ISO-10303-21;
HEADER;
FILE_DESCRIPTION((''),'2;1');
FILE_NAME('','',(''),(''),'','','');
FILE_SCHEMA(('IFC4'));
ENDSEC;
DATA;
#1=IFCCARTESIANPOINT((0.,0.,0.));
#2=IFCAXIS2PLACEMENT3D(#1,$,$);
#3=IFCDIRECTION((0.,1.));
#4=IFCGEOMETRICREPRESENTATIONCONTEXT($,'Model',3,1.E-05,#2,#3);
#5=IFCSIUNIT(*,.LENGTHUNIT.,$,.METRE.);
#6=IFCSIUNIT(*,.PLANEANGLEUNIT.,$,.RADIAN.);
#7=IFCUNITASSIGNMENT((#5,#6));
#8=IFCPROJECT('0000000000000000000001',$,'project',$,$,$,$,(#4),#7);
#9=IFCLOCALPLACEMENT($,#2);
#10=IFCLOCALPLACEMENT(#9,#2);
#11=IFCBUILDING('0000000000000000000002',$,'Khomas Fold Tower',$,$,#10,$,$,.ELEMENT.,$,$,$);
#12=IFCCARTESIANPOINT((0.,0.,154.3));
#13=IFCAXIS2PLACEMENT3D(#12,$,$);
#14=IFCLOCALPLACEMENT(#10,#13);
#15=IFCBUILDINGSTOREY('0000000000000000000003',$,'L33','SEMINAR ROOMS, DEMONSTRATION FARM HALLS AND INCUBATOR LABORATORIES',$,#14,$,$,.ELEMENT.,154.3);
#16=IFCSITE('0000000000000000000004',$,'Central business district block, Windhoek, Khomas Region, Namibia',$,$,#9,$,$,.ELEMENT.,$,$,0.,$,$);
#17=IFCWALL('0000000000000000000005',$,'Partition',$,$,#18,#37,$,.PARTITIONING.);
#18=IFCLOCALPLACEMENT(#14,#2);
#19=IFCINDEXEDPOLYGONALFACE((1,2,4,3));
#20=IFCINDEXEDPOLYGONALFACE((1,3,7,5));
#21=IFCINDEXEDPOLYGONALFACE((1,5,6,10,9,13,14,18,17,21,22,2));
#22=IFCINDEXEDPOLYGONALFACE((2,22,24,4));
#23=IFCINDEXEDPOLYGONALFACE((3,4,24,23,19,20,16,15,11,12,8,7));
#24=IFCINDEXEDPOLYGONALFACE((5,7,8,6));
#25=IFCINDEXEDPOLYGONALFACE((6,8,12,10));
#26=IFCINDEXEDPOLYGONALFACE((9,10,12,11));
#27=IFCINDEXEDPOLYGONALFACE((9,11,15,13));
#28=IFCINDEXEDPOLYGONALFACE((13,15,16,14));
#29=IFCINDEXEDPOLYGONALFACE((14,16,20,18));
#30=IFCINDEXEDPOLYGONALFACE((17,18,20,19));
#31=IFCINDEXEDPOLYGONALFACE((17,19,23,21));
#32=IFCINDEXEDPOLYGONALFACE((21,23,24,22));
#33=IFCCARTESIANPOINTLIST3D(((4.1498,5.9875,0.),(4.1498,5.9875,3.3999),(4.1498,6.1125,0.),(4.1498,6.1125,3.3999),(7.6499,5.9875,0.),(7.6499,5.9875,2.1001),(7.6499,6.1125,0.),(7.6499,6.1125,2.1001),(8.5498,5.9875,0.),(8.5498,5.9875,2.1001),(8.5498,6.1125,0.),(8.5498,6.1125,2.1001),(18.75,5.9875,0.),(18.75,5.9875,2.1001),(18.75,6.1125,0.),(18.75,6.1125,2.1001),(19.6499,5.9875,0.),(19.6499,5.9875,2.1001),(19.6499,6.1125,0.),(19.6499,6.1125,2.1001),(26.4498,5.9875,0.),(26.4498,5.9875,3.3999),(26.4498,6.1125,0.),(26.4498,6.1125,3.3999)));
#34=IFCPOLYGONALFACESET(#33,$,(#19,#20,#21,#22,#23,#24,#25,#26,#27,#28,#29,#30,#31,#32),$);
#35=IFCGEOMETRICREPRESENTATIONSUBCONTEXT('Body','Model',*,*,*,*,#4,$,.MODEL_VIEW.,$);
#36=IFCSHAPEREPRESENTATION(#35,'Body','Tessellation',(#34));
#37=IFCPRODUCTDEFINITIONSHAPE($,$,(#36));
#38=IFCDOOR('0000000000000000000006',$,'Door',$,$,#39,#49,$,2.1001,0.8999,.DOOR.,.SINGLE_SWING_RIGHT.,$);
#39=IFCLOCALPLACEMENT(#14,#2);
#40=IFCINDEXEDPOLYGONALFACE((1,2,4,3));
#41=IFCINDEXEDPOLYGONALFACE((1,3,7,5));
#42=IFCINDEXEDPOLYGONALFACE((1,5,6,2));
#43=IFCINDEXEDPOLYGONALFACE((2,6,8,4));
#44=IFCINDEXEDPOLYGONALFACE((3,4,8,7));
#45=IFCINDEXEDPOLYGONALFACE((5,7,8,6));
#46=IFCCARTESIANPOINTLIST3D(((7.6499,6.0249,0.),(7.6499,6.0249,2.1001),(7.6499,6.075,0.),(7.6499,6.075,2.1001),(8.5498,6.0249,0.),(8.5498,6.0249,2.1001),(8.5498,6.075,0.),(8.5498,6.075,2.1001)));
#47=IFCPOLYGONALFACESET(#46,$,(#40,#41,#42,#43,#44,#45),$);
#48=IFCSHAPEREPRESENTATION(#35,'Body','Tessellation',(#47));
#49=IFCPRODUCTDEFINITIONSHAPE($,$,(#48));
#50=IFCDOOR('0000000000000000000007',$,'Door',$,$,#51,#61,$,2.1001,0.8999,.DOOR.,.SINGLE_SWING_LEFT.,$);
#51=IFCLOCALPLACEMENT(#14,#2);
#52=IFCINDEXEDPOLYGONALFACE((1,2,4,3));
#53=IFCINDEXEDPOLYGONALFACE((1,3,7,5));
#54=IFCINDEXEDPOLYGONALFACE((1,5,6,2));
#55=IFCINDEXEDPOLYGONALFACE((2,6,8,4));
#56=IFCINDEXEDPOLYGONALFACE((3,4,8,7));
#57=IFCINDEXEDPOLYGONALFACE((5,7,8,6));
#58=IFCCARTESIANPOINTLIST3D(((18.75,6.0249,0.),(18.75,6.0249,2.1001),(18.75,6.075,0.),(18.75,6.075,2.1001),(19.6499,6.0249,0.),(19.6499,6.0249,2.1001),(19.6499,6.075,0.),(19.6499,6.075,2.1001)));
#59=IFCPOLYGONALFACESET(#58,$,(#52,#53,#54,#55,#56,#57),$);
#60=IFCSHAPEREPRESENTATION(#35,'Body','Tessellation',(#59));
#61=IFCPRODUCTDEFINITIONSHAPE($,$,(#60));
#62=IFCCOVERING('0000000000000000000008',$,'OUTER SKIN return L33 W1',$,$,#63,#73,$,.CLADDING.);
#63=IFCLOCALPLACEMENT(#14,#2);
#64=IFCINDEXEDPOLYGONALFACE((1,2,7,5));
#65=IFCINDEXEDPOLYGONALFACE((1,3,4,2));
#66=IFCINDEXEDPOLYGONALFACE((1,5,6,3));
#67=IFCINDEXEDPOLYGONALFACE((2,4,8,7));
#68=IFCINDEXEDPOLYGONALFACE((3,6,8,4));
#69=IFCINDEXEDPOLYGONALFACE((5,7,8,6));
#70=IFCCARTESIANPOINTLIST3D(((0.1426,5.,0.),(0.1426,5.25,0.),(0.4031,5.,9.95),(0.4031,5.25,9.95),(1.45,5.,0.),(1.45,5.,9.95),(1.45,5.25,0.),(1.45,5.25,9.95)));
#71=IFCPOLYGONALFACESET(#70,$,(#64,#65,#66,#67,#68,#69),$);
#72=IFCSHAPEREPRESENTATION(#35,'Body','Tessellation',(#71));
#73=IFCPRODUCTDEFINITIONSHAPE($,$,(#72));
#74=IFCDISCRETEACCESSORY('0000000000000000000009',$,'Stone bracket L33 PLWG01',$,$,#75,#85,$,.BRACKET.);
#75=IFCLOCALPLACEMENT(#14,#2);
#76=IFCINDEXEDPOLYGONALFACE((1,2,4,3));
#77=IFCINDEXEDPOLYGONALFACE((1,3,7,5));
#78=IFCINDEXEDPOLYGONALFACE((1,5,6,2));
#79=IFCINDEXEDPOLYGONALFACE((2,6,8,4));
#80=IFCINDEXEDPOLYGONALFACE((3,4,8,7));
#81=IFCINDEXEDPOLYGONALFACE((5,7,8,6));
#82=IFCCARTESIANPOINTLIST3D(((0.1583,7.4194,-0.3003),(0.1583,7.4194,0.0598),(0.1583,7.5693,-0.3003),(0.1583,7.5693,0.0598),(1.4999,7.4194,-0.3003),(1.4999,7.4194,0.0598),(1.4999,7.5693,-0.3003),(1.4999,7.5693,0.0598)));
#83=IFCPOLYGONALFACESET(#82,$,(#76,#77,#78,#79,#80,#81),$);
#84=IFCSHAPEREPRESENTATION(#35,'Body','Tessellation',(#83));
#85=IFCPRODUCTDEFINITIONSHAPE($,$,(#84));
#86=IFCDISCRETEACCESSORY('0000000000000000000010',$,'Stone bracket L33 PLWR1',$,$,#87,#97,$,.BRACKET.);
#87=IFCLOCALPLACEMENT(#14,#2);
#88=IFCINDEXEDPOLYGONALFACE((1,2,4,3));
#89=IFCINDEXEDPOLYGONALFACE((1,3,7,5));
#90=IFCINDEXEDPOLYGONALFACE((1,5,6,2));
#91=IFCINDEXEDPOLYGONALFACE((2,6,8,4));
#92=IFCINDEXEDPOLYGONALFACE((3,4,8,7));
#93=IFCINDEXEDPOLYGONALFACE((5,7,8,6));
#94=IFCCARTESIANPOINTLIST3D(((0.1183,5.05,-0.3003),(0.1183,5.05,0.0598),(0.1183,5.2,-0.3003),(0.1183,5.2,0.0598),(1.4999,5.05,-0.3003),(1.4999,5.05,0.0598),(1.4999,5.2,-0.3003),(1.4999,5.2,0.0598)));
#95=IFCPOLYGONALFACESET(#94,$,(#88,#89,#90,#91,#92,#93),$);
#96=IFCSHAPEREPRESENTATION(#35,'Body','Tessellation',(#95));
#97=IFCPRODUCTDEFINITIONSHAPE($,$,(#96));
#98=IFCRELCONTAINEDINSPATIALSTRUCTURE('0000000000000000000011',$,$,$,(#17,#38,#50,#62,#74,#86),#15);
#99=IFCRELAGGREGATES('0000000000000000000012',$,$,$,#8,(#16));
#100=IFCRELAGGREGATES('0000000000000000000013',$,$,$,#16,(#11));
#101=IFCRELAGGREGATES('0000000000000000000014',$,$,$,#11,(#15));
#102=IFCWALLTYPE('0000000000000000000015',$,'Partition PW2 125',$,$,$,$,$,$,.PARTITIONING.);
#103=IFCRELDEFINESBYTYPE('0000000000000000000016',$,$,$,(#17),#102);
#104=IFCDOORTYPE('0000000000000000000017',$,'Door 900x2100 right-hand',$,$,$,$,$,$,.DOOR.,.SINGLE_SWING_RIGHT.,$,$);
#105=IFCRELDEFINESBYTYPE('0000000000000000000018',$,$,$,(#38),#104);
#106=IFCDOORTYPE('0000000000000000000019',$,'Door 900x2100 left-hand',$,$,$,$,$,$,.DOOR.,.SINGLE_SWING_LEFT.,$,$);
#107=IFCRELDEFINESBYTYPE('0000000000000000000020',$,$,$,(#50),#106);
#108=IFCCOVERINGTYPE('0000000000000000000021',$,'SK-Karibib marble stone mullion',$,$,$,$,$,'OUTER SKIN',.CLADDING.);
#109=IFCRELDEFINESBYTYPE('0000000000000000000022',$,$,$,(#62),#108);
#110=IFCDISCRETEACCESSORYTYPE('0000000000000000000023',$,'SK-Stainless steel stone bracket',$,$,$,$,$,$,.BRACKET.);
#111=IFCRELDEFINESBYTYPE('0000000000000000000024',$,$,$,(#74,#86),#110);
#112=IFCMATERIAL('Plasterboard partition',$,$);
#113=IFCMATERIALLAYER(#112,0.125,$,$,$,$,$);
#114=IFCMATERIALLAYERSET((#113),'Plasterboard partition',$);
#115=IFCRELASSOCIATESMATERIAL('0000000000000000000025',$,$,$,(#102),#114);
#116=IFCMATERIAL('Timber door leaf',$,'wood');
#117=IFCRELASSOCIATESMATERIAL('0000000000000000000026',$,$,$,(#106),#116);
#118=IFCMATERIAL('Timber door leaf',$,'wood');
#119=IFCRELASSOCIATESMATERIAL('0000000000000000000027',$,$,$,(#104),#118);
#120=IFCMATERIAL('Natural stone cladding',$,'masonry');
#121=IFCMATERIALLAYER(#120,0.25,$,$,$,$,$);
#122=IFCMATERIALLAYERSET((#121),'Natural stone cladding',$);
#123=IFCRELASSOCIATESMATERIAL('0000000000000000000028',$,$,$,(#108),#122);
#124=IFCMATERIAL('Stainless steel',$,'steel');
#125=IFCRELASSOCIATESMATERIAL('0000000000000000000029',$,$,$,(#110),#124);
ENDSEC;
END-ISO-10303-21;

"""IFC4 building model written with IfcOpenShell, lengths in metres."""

from ifc_helpers import new_model, si_unit, direction, frame, frame_2d, origin, origin_2d, place, context, subcontext, project, spatial, polyline, rectangle, outline, extrude, source, transform, mapped, material, layer, layer_set, type_object, element, fill, save


model = new_model("IFC4")

# Units and contexts
model_context = context("Model", 3, precision=1e-05, world=origin(), true_north=direction((0.0, 1.0)))
body_context = subcontext(model_context, "Body", "Model", "MODEL_VIEW")
ifc_project = project(units=[si_unit("LENGTHUNIT", "METRE"), si_unit("PLANEANGLEUNIT", "RADIAN")], contexts=[model_context])

# Site, building, storey
site_placement = place(None, origin())
site = spatial("IfcSite", under=ifc_project, at=site_placement, Name="Central business district block, Windhoek, Khomas Region, Namibia", CompositionType="ELEMENT", RefElevation=0.0)
building_placement = place(site_placement, origin())
building = spatial("IfcBuilding", under=site, at=building_placement, Name="Khomas Fold Tower", CompositionType="ELEMENT")
storey_placement = place(building_placement, frame((0.0, 0.0, 154.3)))
storey = spatial("IfcBuildingStorey", under=building, at=storey_placement, Name="L33", Description="SEMINAR ROOMS, DEMONSTRATION FARM HALLS AND INCUBATOR LABORATORIES", CompositionType="ELEMENT", Elevation=154.3)

# Shared definitions
ifc_material_1 = material(Name="Plasterboard partition")
ifc_layer_1 = layer(ifc_material_1, 0.125)
ifc_layer_set_1 = layer_set([ifc_layer_1], Name="Plasterboard partition")
wall_type_1 = type_object("IfcWallType", Name="Partition PW2 125", PredefinedType="PARTITIONING", material=ifc_layer_set_1)
shared_shape_1 = source(origin(), body_context, "Body", "SweptSolid", [
    extrude(rectangle(XDim=0.8999, YDim=2.1001, at=frame_2d((0.45, 1.05))), frame((0.0, 0.0725, 0.0), z_axis=(0.0, -1.0, 0.0), x_axis=(1.0, 0.0, 0.0)), (0.0, 0.0, 1.0), 0.145),
])
ifc_material_2 = material(Name="Timber door leaf", Category="wood")
door_type_1 = type_object("IfcDoorType", Name="Door 900x2100 left-hand", OperationType="SINGLE_SWING_LEFT", PredefinedType="DOOR", material=ifc_material_2)
shared_shape_2 = source(origin(), body_context, "Body", "SweptSolid", [
    extrude(rectangle(XDim=0.8999, YDim=2.1001, at=frame_2d((0.45, 1.05))), frame((0.0, 0.0249, 0.0), z_axis=(0.0, -1.0, 0.0), x_axis=(1.0, 0.0, 0.0)), (0.0, 0.0, 1.0), 0.05),
])

# Wall, openings, doors
shared_shape_3 = source(origin(), body_context, "Body", "SweptSolid", [
    extrude(rectangle(XDim=22.3, YDim=0.125, at=frame_2d((11.1499, 0.0))), origin(), (0.0, 0.0, 1.0), 3.3999),
])
wall_1_placement = place(storey_placement, frame((4.1499, 6.05, 0.0), z_axis=(0.0, 0.0, 1.0), x_axis=(1.0, 0.0, 0.0)))
wall_1 = element("IfcWall", 1, at=wall_1_placement, inside=storey, type_object=wall_type_1, Name="Partition", PredefinedType="PARTITIONING", context=body_context, shape_type="MappedRepresentation", body=[
    mapped(shared_shape_3, transform((0.0, 0.0, 0.0))),
])
opening_1_placement = place(wall_1_placement, frame((3.5, 0.0, 0.0)))
opening_1 = element("IfcOpeningElement", 2, at=opening_1_placement, cuts=wall_1, PredefinedType="OPENING", context=body_context, shape_type="MappedRepresentation", body=[
    mapped(shared_shape_1, transform((0.0, 0.0, 0.0))),
])
opening_2_placement = place(wall_1_placement, frame((14.6001, 0.0, 0.0)))
opening_2 = element("IfcOpeningElement", 3, at=opening_2_placement, cuts=wall_1, PredefinedType="OPENING", context=body_context, shape_type="MappedRepresentation", body=[
    mapped(shared_shape_1, transform((0.0, 0.0, 0.0))),
])
ifc_material_3 = material(Name="Timber door leaf", Category="wood")
door_type_2 = type_object("IfcDoorType", Name="Door 900x2100 right-hand", OperationType="SINGLE_SWING_RIGHT", PredefinedType="DOOR", material=ifc_material_3)
door_1_placement = place(opening_1_placement, origin())
door_1 = element("IfcDoor", 4, at=door_1_placement, inside=storey, type_object=door_type_2, Name="Door", OperationType="SINGLE_SWING_RIGHT", OverallHeight=2.1001, OverallWidth=0.8999, PredefinedType="DOOR", context=body_context, shape_type="MappedRepresentation", body=[
    mapped(shared_shape_2, transform((0.0, 0.0, 0.0))),
])
fill(opening_1, door_1)
door_2_placement = place(opening_2_placement, origin())
door_2 = element("IfcDoor", 5, at=door_2_placement, inside=storey, type_object=door_type_1, Name="Door", OperationType="SINGLE_SWING_LEFT", OverallHeight=2.1001, OverallWidth=0.8999, PredefinedType="DOOR", context=body_context, shape_type="MappedRepresentation", body=[
    mapped(shared_shape_2, transform((0.0, 0.0, 0.0))),
])
fill(opening_2, door_2)

# Covering
ifc_material_4 = material(Name="Natural stone cladding", Category="masonry")
ifc_layer_2 = layer(ifc_material_4, 0.25)
ifc_layer_set_2 = layer_set([ifc_layer_2], Name="Natural stone cladding")
covering_type = type_object("IfcCoveringType", Name="SK-Karibib marble stone mullion", ElementType="OUTER SKIN", PredefinedType="CLADDING", material=ifc_layer_set_2)
covering_placement = place(storey_placement, frame((1.45, 5.0, 9.95), z_axis=(0.0, -1.0, 0.0), x_axis=(-1.0, 0.0, 0.0)))
element("IfcCovering", 6, at=covering_placement, inside=storey, type_object=covering_type, Name="OUTER SKIN return L33 W1", PredefinedType="CLADDING", context=body_context, shape_type="SweptSolid", body=[
    extrude(outline(polyline([(0.0, 0.0), (1.0469, 0.0), (1.3074, 9.95), (0.0, 9.95), (0.0, 0.0)])), origin(), (0.0, 0.0, -1.0), 0.25),
])

# Discrete accessories
ifc_material_5 = material(Name="Stainless steel", Category="steel")
discrete_accessory_type = type_object("IfcDiscreteAccessoryType", Name="SK-Stainless steel stone bracket", PredefinedType="BRACKET", material=ifc_material_5)
shared_shape_4 = source(origin(), body_context, "Body", "SweptSolid", [
    extrude(rectangle(XDim=1.3416, YDim=0.1499, at=origin_2d()), origin(), (0.0, 0.0, 1.0), 0.3601),
])
discrete_accessory_1_placement = place(storey_placement, frame((0.8291, 7.4944, -0.3003), z_axis=(0.0, 0.0, 1.0), x_axis=(-1.0, 0.0, 0.0)))
element("IfcDiscreteAccessory", 7, at=discrete_accessory_1_placement, inside=storey, type_object=discrete_accessory_type, Name="Stone bracket L33 PLWG01", PredefinedType="BRACKET", context=body_context, shape_type="MappedRepresentation", body=[
    mapped(shared_shape_4, transform((0.0, 0.0, 0.0))),
])
shared_shape_5 = source(origin(), body_context, "Body", "SweptSolid", [
    extrude(rectangle(XDim=1.3816, YDim=0.1499, at=origin_2d()), origin(), (0.0, 0.0, 1.0), 0.3601),
])
discrete_accessory_2_placement = place(storey_placement, frame((0.8091, 5.125, -0.3003), z_axis=(0.0, 0.0, 1.0), x_axis=(-1.0, 0.0, 0.0)))
element("IfcDiscreteAccessory", 8, at=discrete_accessory_2_placement, inside=storey, type_object=discrete_accessory_type, Name="Stone bracket L33 PLWR1", PredefinedType="BRACKET", context=body_context, shape_type="MappedRepresentation", body=[
    mapped(shared_shape_5, transform((0.0, 0.0, 0.0))),
])

save(model, "model.ifc")
